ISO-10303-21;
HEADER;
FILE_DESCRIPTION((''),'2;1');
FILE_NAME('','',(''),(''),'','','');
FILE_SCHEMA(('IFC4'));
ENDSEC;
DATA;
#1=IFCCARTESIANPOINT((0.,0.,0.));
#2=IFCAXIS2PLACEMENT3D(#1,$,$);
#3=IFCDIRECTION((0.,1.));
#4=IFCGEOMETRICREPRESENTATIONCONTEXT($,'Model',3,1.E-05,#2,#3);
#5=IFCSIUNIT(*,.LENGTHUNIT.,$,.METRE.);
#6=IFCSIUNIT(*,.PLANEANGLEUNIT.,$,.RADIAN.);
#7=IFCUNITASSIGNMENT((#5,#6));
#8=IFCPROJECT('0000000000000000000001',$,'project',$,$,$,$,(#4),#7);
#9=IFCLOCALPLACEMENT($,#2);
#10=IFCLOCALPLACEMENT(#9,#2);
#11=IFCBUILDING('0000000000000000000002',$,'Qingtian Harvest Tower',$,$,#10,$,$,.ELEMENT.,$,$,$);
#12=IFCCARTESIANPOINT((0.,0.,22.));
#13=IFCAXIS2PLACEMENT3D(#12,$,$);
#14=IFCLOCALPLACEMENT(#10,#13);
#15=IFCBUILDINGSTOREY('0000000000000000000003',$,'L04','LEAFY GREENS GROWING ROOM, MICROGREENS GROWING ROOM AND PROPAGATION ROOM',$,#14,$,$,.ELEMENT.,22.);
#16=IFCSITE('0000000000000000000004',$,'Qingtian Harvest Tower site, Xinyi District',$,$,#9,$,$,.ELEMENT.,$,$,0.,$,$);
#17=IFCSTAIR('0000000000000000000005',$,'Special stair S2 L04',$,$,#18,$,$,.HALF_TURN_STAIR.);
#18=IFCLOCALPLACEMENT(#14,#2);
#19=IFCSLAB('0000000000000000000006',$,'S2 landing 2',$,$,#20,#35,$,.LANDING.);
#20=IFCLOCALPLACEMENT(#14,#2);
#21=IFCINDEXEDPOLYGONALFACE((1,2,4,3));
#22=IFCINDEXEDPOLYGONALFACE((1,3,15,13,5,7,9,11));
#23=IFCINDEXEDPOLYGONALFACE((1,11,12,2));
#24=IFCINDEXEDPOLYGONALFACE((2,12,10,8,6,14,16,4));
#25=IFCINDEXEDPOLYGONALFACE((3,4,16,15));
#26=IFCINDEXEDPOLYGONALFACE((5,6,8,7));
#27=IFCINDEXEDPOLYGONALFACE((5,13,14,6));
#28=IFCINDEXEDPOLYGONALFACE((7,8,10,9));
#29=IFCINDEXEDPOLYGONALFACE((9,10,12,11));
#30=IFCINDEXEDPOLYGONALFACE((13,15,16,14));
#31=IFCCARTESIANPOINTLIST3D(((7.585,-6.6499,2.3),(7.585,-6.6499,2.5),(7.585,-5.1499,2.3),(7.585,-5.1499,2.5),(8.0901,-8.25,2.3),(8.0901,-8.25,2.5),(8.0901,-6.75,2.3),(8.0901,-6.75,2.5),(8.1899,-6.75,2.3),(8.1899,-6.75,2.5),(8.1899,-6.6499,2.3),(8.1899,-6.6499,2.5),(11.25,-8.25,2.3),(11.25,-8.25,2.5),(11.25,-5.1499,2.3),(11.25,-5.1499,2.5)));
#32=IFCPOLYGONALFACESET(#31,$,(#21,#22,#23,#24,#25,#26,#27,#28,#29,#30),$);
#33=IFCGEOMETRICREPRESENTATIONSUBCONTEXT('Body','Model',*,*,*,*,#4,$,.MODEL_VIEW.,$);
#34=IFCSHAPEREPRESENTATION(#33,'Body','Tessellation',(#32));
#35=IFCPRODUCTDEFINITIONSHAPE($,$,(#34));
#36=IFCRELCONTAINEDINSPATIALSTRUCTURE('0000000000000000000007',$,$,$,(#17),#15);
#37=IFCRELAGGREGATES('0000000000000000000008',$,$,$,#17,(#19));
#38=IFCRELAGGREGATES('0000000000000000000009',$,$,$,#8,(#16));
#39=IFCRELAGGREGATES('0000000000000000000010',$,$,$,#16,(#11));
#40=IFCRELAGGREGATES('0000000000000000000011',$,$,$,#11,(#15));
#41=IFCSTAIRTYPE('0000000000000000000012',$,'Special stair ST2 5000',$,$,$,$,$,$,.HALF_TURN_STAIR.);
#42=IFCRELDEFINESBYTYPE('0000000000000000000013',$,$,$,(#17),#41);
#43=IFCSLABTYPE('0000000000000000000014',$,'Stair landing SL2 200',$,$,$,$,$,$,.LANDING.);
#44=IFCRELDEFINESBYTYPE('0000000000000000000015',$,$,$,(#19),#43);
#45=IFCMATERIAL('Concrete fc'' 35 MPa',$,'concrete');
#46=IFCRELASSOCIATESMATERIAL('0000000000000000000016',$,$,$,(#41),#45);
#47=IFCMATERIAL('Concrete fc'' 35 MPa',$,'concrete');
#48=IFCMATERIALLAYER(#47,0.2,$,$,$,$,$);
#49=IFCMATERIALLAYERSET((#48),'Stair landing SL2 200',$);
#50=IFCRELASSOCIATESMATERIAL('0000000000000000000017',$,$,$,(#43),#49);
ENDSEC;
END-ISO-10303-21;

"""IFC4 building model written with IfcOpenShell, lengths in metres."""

from ifc_helpers import new_model, si_unit, direction, frame, origin, place, context, subcontext, project, spatial, polyline, outline, extrude, material, layer, layer_set, type_object, element, aggregate, save


model = new_model("IFC4")

# Units and contexts
model_context = context("Model", 3, precision=1e-05, world=origin(), true_north=direction((0.0, 1.0)))
body_context = subcontext(model_context, "Body", "Model", "MODEL_VIEW")
ifc_project = project(units=[si_unit("LENGTHUNIT", "METRE"), si_unit("PLANEANGLEUNIT", "RADIAN")], contexts=[model_context])

# Site, building, storey
site_placement = place(None, origin())
site = spatial("IfcSite", under=ifc_project, at=site_placement, Name="Qingtian Harvest Tower site, Xinyi District", CompositionType="ELEMENT", RefElevation=0.0)
building_placement = place(site_placement, origin())
building = spatial("IfcBuilding", under=site, at=building_placement, Name="Qingtian Harvest Tower", CompositionType="ELEMENT")
storey_placement = place(building_placement, frame((0.0, 0.0, 22.0)))
storey = spatial("IfcBuildingStorey", under=building, at=storey_placement, Name="L04", Description="LEAFY GREENS GROWING ROOM, MICROGREENS GROWING ROOM AND PROPAGATION ROOM", CompositionType="ELEMENT", Elevation=22.0)

# Stair, slab
ifc_material_1 = material(Name="Concrete fc' 35 MPa", Category="concrete")
stair_type = type_object("IfcStairType", Name="Special stair ST2 5000", PredefinedType="HALF_TURN_STAIR", material=ifc_material_1)
stair_placement = place(storey_placement, origin())
stair = element("IfcStair", 1, at=stair_placement, inside=storey, type_object=stair_type, Name="Special stair S2 L04", PredefinedType="HALF_TURN_STAIR")
ifc_material_2 = material(Name="Concrete fc' 35 MPa", Category="concrete")
ifc_layer_1 = layer(ifc_material_2, 0.2)
ifc_layer_set_1 = layer_set([ifc_layer_1], Name="Stair landing SL2 200")
slab_type_1 = type_object("IfcSlabType", Name="Stair landing SL2 200", PredefinedType="LANDING", material=ifc_layer_set_1)
slab_1_placement = place(storey_placement, frame((0.0, 0.0, 2.3)))
slab_1 = element("IfcSlab", 2, at=slab_1_placement, type_object=slab_type_1, Name="S2 landing 2", PredefinedType="LANDING", context=body_context, shape_type="SweptSolid", body=[
    extrude(outline(polyline([(8.0901, -8.25), (8.0901, -6.75), (8.1899, -6.75), (8.1899, -6.6499), (7.585, -6.6499), (7.585, -5.1499), (11.25, -5.1499), (11.25, -8.25), (8.0901, -8.25)])), origin(), (0.0, 0.0, 1.0), 0.2),
])
aggregate(stair, [slab_1])

save(model, "model.ifc")
